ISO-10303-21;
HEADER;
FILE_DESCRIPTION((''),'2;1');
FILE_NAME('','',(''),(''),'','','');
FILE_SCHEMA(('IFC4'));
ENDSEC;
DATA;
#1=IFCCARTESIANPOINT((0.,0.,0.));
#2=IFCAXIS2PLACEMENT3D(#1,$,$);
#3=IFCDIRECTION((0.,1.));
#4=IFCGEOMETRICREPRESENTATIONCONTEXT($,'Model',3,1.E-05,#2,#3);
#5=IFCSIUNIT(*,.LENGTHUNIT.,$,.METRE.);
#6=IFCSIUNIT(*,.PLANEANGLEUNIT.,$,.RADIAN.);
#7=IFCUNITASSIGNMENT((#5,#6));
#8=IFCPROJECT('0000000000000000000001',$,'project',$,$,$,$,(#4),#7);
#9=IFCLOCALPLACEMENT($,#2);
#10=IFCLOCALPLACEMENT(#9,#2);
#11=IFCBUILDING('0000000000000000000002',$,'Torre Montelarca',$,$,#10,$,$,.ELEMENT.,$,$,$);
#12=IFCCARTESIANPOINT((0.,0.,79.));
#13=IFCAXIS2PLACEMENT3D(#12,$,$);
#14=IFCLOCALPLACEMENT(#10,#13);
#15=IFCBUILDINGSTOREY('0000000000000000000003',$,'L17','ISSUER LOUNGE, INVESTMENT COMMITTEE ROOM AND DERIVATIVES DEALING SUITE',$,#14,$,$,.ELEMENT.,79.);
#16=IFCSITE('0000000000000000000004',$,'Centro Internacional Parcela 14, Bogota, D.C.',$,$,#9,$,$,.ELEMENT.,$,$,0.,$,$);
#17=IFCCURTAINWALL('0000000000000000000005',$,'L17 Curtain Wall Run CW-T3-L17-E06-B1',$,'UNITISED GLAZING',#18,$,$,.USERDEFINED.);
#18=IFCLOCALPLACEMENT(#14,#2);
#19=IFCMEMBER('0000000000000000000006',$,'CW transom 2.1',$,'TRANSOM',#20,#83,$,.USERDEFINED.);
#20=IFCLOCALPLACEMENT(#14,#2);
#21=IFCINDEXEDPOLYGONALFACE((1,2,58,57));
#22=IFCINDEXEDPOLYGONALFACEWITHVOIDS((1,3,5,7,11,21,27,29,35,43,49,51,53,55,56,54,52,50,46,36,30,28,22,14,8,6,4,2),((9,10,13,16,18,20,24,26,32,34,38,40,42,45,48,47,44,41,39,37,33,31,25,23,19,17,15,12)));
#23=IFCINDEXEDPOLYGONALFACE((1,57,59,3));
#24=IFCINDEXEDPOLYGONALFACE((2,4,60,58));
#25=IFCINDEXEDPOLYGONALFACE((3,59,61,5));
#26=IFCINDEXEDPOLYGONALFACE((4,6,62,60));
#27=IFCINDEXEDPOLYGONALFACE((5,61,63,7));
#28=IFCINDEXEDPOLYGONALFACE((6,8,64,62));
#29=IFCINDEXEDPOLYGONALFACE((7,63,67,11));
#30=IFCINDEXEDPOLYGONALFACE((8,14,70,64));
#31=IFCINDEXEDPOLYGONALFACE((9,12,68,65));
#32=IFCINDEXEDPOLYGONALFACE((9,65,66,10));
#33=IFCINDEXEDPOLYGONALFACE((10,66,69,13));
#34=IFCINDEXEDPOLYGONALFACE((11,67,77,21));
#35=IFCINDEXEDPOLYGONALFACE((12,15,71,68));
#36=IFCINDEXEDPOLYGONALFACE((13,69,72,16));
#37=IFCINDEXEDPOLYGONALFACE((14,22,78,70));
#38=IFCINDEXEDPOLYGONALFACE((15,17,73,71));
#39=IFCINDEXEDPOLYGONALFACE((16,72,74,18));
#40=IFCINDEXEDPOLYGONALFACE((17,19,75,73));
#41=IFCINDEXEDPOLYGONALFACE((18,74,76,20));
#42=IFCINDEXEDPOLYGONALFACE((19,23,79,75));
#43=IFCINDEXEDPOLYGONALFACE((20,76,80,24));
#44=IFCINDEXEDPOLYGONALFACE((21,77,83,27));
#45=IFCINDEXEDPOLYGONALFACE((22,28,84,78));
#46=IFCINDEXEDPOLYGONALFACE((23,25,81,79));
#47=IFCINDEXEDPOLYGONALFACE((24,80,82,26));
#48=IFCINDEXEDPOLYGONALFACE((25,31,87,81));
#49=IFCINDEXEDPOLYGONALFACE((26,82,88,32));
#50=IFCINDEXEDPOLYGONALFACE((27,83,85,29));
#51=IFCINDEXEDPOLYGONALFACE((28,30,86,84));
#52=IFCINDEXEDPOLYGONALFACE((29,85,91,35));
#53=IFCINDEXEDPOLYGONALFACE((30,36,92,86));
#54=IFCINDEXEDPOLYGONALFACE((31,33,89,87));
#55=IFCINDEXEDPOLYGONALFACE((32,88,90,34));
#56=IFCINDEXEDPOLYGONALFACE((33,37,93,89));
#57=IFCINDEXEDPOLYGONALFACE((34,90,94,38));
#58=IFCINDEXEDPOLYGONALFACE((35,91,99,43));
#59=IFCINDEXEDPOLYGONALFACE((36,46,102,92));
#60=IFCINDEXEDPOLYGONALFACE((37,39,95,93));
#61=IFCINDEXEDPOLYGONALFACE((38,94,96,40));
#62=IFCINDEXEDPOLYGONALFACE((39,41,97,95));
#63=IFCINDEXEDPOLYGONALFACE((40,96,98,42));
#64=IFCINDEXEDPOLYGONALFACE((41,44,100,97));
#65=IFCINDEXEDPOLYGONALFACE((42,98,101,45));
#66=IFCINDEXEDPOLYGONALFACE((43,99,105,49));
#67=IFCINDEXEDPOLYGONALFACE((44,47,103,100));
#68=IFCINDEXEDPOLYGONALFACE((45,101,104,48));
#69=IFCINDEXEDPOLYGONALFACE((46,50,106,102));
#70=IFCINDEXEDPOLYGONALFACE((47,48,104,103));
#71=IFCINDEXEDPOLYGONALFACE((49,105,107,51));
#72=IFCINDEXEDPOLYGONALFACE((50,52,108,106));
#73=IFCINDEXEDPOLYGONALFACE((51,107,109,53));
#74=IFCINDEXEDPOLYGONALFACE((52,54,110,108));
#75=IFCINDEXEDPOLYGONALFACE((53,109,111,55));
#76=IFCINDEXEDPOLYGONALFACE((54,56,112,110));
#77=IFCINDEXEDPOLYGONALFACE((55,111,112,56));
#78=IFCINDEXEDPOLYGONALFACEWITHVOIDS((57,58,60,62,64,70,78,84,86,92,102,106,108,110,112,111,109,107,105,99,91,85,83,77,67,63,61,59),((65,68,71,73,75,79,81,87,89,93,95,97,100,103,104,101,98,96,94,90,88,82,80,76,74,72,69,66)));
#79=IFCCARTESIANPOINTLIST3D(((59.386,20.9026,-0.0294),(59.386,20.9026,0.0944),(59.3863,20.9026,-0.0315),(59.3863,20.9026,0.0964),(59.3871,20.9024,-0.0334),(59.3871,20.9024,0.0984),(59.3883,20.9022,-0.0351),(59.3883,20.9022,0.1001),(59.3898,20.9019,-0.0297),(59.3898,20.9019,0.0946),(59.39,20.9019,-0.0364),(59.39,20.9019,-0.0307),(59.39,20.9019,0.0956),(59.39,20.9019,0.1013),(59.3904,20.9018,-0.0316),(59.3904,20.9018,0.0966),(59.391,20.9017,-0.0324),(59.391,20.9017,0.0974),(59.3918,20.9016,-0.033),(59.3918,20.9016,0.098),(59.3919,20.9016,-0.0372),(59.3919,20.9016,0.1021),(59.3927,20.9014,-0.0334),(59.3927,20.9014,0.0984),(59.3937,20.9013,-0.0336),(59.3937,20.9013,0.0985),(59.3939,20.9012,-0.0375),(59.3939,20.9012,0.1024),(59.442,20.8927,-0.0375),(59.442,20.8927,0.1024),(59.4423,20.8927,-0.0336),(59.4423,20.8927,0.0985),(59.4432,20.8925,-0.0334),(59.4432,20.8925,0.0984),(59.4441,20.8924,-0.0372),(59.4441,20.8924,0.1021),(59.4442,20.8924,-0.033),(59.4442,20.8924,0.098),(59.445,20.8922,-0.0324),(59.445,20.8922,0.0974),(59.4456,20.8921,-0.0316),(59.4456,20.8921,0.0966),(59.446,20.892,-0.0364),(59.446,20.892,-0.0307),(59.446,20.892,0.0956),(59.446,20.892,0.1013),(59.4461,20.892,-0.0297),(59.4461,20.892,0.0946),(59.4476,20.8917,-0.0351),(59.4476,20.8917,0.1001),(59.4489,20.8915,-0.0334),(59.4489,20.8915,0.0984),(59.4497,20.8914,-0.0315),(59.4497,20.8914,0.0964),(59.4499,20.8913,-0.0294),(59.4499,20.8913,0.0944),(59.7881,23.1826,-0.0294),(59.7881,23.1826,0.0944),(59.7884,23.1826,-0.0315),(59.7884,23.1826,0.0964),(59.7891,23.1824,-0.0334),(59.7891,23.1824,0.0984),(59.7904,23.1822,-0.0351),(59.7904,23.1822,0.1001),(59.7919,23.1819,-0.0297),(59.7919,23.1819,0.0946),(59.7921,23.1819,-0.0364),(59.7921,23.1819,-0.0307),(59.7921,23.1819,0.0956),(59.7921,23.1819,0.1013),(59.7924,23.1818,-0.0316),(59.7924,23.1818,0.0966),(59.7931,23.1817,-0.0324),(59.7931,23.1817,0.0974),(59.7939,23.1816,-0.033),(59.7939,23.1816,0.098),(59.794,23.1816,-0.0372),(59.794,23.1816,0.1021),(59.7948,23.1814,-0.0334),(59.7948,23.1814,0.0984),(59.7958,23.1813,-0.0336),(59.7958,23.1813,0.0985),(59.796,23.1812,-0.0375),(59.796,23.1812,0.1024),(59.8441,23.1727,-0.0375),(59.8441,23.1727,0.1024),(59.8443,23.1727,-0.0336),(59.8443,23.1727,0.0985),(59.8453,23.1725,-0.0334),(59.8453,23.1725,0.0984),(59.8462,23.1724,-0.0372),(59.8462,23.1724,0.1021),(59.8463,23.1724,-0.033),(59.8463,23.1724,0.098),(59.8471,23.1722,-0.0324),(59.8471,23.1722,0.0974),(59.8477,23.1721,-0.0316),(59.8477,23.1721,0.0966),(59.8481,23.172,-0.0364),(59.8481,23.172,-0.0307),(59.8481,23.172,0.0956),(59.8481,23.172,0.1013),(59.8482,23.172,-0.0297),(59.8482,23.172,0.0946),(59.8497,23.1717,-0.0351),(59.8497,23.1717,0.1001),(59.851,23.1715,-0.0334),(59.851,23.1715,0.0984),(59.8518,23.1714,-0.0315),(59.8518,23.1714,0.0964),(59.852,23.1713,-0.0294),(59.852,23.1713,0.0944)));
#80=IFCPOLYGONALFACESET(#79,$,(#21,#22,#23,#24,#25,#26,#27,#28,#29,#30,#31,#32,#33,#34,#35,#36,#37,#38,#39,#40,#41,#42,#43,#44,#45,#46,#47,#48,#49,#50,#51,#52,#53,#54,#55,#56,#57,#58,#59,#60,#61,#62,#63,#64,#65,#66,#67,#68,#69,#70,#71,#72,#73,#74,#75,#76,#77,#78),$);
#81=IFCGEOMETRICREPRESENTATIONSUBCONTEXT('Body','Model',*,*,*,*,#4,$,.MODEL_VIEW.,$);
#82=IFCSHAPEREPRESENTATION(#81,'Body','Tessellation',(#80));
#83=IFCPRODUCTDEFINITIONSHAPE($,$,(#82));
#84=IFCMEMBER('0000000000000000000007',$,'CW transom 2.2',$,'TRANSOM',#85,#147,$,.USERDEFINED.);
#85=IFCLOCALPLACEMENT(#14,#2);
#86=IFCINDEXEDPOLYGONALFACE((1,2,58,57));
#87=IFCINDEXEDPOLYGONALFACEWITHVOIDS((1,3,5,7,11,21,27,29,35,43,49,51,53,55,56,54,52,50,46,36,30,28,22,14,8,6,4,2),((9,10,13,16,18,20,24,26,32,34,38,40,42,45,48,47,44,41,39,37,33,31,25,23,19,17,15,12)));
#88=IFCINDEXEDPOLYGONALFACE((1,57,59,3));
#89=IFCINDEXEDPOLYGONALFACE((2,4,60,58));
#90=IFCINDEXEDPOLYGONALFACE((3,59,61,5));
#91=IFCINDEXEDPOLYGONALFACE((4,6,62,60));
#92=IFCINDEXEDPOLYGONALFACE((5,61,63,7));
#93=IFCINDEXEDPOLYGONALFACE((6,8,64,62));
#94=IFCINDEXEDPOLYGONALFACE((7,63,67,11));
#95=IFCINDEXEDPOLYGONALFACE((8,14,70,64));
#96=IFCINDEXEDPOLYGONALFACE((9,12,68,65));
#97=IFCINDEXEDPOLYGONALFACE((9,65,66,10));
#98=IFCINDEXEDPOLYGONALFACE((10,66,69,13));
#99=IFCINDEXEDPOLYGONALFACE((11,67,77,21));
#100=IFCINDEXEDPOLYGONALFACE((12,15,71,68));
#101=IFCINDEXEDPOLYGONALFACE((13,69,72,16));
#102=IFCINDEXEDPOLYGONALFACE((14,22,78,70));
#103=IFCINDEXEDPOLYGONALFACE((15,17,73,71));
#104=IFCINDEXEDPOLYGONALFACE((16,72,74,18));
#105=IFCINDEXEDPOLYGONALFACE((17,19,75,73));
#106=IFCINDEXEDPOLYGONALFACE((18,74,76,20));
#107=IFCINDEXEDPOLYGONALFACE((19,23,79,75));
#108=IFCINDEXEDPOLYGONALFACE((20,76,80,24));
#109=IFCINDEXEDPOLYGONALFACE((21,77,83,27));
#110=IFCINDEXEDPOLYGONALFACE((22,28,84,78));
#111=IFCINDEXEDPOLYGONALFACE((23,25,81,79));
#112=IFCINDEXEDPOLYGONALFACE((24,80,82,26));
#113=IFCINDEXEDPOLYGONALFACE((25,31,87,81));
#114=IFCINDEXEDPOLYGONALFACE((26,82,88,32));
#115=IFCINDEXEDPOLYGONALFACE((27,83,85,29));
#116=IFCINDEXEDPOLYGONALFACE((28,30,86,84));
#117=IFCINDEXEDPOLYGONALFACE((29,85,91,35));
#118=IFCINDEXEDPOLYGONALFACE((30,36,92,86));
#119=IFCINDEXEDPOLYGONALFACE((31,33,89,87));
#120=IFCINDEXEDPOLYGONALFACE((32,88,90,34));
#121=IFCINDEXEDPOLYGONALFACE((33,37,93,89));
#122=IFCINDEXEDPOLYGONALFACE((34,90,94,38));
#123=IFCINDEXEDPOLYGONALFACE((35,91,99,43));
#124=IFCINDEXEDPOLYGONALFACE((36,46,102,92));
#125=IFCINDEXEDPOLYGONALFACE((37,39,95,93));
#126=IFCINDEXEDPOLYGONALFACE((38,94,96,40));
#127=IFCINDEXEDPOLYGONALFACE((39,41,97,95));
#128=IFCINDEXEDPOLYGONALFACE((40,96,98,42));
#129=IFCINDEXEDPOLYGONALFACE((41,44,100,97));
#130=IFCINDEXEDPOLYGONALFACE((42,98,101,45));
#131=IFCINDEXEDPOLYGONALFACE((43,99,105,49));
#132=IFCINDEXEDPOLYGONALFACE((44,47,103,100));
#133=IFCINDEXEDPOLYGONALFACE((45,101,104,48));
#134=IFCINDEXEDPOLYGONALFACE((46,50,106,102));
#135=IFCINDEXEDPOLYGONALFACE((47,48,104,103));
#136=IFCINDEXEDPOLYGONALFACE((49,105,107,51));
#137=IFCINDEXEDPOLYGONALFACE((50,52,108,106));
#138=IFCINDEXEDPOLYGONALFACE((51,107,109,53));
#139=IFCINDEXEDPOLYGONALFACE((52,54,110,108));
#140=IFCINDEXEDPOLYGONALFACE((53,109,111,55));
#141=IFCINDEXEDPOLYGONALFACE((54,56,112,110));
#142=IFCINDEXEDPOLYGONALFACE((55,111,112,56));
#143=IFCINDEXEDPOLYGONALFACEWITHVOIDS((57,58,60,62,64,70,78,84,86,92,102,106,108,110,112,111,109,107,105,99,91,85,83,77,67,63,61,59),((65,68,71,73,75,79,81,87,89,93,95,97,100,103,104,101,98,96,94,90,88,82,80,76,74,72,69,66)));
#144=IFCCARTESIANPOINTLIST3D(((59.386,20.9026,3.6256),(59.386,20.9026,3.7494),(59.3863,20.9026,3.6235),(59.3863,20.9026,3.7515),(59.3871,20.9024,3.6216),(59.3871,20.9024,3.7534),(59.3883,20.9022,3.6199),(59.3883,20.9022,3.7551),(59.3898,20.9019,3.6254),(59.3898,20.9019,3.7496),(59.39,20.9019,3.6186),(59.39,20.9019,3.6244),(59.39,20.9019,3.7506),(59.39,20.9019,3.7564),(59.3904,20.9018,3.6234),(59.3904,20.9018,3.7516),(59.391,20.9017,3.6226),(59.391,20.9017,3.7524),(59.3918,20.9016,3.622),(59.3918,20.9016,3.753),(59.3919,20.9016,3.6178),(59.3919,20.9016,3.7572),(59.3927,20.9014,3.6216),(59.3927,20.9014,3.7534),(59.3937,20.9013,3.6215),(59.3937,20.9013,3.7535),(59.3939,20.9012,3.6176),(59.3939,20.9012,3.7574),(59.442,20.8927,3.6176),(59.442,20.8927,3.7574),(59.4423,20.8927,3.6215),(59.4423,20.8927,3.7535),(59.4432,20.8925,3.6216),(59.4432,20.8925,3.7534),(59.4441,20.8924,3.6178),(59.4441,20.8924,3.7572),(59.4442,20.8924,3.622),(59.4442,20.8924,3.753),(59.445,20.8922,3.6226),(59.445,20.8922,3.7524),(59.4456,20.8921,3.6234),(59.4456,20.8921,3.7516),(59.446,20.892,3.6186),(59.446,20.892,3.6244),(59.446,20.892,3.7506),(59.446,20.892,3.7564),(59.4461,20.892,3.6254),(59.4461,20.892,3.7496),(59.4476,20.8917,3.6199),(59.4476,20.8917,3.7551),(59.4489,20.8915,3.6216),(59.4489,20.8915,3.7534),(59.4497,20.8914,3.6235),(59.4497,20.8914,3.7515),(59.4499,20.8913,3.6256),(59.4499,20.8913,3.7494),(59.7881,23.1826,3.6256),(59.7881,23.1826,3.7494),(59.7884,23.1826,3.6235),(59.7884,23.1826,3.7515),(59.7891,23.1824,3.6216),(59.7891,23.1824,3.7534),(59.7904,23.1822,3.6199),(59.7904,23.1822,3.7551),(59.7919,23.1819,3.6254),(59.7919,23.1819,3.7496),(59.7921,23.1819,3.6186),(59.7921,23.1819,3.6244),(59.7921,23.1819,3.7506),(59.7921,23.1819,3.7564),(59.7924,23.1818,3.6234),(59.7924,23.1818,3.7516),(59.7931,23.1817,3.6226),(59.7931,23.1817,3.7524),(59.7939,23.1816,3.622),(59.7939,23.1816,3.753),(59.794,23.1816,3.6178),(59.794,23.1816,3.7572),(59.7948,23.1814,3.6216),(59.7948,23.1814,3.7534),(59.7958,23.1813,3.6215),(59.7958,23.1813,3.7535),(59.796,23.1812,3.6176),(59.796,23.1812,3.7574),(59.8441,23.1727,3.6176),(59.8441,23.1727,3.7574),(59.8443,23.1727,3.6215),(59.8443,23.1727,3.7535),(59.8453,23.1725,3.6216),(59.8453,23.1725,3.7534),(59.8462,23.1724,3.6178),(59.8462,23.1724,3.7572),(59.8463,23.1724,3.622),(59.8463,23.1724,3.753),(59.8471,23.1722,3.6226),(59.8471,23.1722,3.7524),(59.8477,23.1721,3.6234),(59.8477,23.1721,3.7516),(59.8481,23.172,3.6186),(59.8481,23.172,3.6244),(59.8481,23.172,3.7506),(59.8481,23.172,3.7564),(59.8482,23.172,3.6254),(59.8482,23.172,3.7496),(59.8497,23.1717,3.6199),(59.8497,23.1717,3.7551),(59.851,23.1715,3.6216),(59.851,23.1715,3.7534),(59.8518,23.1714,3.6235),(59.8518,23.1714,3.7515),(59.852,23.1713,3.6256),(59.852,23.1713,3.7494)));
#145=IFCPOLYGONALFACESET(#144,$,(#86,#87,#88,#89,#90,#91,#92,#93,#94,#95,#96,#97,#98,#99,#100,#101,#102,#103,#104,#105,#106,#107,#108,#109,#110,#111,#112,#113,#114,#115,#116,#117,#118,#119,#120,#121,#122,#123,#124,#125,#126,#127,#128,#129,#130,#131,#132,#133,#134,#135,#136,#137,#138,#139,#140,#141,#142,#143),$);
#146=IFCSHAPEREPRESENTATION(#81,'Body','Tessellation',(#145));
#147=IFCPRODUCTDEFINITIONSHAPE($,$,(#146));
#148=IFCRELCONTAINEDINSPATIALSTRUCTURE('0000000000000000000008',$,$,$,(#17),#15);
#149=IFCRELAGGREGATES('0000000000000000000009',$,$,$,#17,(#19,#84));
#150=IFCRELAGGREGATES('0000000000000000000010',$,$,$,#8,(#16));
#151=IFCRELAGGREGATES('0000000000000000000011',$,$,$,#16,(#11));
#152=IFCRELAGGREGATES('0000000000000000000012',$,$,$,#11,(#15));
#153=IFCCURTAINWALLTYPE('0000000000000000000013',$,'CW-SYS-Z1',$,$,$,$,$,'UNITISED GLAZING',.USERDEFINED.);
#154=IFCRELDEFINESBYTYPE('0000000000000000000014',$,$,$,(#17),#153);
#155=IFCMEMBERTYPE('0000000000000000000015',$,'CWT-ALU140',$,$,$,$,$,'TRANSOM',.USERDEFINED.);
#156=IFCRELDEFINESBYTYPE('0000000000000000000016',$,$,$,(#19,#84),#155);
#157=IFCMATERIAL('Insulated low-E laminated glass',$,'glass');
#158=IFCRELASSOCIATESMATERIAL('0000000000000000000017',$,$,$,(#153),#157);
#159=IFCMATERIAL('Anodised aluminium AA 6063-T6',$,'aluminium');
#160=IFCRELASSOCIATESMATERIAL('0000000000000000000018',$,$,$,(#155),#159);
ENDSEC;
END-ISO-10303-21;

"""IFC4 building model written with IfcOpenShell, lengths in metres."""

from ifc_helpers import new_model, si_unit, direction, frame, origin, origin_2d, place, context, subcontext, project, spatial, hollow_rectangle, extrude, source, transform, mapped, material, material_profile, profile_set, type_object, element, aggregate, save


model = new_model("IFC4")

# Units and contexts
model_context = context("Model", 3, precision=1e-05, world=origin(), true_north=direction((0.0, 1.0)))
body_context = subcontext(model_context, "Body", "Model", "MODEL_VIEW")
ifc_project = project(units=[si_unit("LENGTHUNIT", "METRE"), si_unit("PLANEANGLEUNIT", "RADIAN")], contexts=[model_context])

# Site, building, storey
site_placement = place(None, origin())
site = spatial("IfcSite", under=ifc_project, at=site_placement, Name="Centro Internacional Parcela 14, Bogota, D.C.", CompositionType="ELEMENT", RefElevation=0.0)
building_placement = place(site_placement, origin())
building = spatial("IfcBuilding", under=site, at=building_placement, Name="Torre Montelarca", CompositionType="ELEMENT")
storey_placement = place(building_placement, frame((0.0, 0.0, 79.0)))
storey = spatial("IfcBuildingStorey", under=building, at=storey_placement, Name="L17", Description="ISSUER LOUNGE, INVESTMENT COMMITTEE ROOM AND DERIVATIVES DEALING SUITE", CompositionType="ELEMENT", Elevation=79.0)

# Curtain wall, members
ifc_material_1 = material(Name="Insulated low-E laminated glass", Category="glass")
curtain_wall_type = type_object("IfcCurtainWallType", Name="CW-SYS-Z1", ElementType="UNITISED GLAZING", PredefinedType="USERDEFINED", material=ifc_material_1)
ifc_material_2 = material(Name="Anodised aluminium AA 6063-T6", Category="aluminium")
ifc_material_profile_1 = material_profile(ifc_material_2, hollow_rectangle(XDim=0.0649, YDim=0.1399, WallThickness=0.0039, InnerFilletRadius=0.0039, OuterFilletRadius=0.0081, at=origin_2d()), Name="ALU65X140X4", Category="aluminium")
ifc_profile_set_1 = profile_set([ifc_material_profile_1], Name="Anodised aluminium AA 6063-T6")
member_type_1 = type_object("IfcMemberType", Name="CWT-ALU140", ElementType="TRANSOM", PredefinedType="USERDEFINED", material=ifc_profile_set_1)
curtain_wall_1_placement = place(storey_placement, origin())
curtain_wall_1 = element("IfcCurtainWall", 1, at=curtain_wall_1_placement, inside=storey, type_object=curtain_wall_type, Name="L17 Curtain Wall Run CW-T3-L17-E06-B1", ObjectType="UNITISED GLAZING", PredefinedType="USERDEFINED")
shared_shape_1 = source(origin(), body_context, "Body", "SweptSolid", [
    extrude(hollow_rectangle(XDim=0.0649, YDim=0.1399, WallThickness=0.0039, InnerFilletRadius=0.0039, OuterFilletRadius=0.0081, at=origin_2d()), origin(), (0.0, 0.0, 1.0), 2.3152),
])
member_1_placement = place(storey_placement, frame((59.418, 20.897, 0.0325), z_axis=(0.173677, 0.984803, 0.0), x_axis=(-0.984803, 0.173677, 0.0)))
member_1 = element("IfcMember", 2, at=member_1_placement, type_object=member_type_1, Name="CW transom 2.1", ObjectType="TRANSOM", PredefinedType="USERDEFINED", context=body_context, shape_type="MappedRepresentation", body=[
    mapped(shared_shape_1, transform((0.0, 0.0, 0.0), scale=1.0)),
])
member_2_placement = place(storey_placement, frame((59.418, 20.897, 3.6875), z_axis=(0.173677, 0.984803, 0.0), x_axis=(-0.984803, 0.173677, 0.0)))
member_2 = element("IfcMember", 3, at=member_2_placement, type_object=member_type_1, Name="CW transom 2.2", ObjectType="TRANSOM", PredefinedType="USERDEFINED", context=body_context, shape_type="MappedRepresentation", body=[
    mapped(shared_shape_1, transform((0.0, 0.0, 0.0), scale=1.0)),
])

aggregate(curtain_wall_1, [member_1, member_2])

save(model, "model.ifc")
